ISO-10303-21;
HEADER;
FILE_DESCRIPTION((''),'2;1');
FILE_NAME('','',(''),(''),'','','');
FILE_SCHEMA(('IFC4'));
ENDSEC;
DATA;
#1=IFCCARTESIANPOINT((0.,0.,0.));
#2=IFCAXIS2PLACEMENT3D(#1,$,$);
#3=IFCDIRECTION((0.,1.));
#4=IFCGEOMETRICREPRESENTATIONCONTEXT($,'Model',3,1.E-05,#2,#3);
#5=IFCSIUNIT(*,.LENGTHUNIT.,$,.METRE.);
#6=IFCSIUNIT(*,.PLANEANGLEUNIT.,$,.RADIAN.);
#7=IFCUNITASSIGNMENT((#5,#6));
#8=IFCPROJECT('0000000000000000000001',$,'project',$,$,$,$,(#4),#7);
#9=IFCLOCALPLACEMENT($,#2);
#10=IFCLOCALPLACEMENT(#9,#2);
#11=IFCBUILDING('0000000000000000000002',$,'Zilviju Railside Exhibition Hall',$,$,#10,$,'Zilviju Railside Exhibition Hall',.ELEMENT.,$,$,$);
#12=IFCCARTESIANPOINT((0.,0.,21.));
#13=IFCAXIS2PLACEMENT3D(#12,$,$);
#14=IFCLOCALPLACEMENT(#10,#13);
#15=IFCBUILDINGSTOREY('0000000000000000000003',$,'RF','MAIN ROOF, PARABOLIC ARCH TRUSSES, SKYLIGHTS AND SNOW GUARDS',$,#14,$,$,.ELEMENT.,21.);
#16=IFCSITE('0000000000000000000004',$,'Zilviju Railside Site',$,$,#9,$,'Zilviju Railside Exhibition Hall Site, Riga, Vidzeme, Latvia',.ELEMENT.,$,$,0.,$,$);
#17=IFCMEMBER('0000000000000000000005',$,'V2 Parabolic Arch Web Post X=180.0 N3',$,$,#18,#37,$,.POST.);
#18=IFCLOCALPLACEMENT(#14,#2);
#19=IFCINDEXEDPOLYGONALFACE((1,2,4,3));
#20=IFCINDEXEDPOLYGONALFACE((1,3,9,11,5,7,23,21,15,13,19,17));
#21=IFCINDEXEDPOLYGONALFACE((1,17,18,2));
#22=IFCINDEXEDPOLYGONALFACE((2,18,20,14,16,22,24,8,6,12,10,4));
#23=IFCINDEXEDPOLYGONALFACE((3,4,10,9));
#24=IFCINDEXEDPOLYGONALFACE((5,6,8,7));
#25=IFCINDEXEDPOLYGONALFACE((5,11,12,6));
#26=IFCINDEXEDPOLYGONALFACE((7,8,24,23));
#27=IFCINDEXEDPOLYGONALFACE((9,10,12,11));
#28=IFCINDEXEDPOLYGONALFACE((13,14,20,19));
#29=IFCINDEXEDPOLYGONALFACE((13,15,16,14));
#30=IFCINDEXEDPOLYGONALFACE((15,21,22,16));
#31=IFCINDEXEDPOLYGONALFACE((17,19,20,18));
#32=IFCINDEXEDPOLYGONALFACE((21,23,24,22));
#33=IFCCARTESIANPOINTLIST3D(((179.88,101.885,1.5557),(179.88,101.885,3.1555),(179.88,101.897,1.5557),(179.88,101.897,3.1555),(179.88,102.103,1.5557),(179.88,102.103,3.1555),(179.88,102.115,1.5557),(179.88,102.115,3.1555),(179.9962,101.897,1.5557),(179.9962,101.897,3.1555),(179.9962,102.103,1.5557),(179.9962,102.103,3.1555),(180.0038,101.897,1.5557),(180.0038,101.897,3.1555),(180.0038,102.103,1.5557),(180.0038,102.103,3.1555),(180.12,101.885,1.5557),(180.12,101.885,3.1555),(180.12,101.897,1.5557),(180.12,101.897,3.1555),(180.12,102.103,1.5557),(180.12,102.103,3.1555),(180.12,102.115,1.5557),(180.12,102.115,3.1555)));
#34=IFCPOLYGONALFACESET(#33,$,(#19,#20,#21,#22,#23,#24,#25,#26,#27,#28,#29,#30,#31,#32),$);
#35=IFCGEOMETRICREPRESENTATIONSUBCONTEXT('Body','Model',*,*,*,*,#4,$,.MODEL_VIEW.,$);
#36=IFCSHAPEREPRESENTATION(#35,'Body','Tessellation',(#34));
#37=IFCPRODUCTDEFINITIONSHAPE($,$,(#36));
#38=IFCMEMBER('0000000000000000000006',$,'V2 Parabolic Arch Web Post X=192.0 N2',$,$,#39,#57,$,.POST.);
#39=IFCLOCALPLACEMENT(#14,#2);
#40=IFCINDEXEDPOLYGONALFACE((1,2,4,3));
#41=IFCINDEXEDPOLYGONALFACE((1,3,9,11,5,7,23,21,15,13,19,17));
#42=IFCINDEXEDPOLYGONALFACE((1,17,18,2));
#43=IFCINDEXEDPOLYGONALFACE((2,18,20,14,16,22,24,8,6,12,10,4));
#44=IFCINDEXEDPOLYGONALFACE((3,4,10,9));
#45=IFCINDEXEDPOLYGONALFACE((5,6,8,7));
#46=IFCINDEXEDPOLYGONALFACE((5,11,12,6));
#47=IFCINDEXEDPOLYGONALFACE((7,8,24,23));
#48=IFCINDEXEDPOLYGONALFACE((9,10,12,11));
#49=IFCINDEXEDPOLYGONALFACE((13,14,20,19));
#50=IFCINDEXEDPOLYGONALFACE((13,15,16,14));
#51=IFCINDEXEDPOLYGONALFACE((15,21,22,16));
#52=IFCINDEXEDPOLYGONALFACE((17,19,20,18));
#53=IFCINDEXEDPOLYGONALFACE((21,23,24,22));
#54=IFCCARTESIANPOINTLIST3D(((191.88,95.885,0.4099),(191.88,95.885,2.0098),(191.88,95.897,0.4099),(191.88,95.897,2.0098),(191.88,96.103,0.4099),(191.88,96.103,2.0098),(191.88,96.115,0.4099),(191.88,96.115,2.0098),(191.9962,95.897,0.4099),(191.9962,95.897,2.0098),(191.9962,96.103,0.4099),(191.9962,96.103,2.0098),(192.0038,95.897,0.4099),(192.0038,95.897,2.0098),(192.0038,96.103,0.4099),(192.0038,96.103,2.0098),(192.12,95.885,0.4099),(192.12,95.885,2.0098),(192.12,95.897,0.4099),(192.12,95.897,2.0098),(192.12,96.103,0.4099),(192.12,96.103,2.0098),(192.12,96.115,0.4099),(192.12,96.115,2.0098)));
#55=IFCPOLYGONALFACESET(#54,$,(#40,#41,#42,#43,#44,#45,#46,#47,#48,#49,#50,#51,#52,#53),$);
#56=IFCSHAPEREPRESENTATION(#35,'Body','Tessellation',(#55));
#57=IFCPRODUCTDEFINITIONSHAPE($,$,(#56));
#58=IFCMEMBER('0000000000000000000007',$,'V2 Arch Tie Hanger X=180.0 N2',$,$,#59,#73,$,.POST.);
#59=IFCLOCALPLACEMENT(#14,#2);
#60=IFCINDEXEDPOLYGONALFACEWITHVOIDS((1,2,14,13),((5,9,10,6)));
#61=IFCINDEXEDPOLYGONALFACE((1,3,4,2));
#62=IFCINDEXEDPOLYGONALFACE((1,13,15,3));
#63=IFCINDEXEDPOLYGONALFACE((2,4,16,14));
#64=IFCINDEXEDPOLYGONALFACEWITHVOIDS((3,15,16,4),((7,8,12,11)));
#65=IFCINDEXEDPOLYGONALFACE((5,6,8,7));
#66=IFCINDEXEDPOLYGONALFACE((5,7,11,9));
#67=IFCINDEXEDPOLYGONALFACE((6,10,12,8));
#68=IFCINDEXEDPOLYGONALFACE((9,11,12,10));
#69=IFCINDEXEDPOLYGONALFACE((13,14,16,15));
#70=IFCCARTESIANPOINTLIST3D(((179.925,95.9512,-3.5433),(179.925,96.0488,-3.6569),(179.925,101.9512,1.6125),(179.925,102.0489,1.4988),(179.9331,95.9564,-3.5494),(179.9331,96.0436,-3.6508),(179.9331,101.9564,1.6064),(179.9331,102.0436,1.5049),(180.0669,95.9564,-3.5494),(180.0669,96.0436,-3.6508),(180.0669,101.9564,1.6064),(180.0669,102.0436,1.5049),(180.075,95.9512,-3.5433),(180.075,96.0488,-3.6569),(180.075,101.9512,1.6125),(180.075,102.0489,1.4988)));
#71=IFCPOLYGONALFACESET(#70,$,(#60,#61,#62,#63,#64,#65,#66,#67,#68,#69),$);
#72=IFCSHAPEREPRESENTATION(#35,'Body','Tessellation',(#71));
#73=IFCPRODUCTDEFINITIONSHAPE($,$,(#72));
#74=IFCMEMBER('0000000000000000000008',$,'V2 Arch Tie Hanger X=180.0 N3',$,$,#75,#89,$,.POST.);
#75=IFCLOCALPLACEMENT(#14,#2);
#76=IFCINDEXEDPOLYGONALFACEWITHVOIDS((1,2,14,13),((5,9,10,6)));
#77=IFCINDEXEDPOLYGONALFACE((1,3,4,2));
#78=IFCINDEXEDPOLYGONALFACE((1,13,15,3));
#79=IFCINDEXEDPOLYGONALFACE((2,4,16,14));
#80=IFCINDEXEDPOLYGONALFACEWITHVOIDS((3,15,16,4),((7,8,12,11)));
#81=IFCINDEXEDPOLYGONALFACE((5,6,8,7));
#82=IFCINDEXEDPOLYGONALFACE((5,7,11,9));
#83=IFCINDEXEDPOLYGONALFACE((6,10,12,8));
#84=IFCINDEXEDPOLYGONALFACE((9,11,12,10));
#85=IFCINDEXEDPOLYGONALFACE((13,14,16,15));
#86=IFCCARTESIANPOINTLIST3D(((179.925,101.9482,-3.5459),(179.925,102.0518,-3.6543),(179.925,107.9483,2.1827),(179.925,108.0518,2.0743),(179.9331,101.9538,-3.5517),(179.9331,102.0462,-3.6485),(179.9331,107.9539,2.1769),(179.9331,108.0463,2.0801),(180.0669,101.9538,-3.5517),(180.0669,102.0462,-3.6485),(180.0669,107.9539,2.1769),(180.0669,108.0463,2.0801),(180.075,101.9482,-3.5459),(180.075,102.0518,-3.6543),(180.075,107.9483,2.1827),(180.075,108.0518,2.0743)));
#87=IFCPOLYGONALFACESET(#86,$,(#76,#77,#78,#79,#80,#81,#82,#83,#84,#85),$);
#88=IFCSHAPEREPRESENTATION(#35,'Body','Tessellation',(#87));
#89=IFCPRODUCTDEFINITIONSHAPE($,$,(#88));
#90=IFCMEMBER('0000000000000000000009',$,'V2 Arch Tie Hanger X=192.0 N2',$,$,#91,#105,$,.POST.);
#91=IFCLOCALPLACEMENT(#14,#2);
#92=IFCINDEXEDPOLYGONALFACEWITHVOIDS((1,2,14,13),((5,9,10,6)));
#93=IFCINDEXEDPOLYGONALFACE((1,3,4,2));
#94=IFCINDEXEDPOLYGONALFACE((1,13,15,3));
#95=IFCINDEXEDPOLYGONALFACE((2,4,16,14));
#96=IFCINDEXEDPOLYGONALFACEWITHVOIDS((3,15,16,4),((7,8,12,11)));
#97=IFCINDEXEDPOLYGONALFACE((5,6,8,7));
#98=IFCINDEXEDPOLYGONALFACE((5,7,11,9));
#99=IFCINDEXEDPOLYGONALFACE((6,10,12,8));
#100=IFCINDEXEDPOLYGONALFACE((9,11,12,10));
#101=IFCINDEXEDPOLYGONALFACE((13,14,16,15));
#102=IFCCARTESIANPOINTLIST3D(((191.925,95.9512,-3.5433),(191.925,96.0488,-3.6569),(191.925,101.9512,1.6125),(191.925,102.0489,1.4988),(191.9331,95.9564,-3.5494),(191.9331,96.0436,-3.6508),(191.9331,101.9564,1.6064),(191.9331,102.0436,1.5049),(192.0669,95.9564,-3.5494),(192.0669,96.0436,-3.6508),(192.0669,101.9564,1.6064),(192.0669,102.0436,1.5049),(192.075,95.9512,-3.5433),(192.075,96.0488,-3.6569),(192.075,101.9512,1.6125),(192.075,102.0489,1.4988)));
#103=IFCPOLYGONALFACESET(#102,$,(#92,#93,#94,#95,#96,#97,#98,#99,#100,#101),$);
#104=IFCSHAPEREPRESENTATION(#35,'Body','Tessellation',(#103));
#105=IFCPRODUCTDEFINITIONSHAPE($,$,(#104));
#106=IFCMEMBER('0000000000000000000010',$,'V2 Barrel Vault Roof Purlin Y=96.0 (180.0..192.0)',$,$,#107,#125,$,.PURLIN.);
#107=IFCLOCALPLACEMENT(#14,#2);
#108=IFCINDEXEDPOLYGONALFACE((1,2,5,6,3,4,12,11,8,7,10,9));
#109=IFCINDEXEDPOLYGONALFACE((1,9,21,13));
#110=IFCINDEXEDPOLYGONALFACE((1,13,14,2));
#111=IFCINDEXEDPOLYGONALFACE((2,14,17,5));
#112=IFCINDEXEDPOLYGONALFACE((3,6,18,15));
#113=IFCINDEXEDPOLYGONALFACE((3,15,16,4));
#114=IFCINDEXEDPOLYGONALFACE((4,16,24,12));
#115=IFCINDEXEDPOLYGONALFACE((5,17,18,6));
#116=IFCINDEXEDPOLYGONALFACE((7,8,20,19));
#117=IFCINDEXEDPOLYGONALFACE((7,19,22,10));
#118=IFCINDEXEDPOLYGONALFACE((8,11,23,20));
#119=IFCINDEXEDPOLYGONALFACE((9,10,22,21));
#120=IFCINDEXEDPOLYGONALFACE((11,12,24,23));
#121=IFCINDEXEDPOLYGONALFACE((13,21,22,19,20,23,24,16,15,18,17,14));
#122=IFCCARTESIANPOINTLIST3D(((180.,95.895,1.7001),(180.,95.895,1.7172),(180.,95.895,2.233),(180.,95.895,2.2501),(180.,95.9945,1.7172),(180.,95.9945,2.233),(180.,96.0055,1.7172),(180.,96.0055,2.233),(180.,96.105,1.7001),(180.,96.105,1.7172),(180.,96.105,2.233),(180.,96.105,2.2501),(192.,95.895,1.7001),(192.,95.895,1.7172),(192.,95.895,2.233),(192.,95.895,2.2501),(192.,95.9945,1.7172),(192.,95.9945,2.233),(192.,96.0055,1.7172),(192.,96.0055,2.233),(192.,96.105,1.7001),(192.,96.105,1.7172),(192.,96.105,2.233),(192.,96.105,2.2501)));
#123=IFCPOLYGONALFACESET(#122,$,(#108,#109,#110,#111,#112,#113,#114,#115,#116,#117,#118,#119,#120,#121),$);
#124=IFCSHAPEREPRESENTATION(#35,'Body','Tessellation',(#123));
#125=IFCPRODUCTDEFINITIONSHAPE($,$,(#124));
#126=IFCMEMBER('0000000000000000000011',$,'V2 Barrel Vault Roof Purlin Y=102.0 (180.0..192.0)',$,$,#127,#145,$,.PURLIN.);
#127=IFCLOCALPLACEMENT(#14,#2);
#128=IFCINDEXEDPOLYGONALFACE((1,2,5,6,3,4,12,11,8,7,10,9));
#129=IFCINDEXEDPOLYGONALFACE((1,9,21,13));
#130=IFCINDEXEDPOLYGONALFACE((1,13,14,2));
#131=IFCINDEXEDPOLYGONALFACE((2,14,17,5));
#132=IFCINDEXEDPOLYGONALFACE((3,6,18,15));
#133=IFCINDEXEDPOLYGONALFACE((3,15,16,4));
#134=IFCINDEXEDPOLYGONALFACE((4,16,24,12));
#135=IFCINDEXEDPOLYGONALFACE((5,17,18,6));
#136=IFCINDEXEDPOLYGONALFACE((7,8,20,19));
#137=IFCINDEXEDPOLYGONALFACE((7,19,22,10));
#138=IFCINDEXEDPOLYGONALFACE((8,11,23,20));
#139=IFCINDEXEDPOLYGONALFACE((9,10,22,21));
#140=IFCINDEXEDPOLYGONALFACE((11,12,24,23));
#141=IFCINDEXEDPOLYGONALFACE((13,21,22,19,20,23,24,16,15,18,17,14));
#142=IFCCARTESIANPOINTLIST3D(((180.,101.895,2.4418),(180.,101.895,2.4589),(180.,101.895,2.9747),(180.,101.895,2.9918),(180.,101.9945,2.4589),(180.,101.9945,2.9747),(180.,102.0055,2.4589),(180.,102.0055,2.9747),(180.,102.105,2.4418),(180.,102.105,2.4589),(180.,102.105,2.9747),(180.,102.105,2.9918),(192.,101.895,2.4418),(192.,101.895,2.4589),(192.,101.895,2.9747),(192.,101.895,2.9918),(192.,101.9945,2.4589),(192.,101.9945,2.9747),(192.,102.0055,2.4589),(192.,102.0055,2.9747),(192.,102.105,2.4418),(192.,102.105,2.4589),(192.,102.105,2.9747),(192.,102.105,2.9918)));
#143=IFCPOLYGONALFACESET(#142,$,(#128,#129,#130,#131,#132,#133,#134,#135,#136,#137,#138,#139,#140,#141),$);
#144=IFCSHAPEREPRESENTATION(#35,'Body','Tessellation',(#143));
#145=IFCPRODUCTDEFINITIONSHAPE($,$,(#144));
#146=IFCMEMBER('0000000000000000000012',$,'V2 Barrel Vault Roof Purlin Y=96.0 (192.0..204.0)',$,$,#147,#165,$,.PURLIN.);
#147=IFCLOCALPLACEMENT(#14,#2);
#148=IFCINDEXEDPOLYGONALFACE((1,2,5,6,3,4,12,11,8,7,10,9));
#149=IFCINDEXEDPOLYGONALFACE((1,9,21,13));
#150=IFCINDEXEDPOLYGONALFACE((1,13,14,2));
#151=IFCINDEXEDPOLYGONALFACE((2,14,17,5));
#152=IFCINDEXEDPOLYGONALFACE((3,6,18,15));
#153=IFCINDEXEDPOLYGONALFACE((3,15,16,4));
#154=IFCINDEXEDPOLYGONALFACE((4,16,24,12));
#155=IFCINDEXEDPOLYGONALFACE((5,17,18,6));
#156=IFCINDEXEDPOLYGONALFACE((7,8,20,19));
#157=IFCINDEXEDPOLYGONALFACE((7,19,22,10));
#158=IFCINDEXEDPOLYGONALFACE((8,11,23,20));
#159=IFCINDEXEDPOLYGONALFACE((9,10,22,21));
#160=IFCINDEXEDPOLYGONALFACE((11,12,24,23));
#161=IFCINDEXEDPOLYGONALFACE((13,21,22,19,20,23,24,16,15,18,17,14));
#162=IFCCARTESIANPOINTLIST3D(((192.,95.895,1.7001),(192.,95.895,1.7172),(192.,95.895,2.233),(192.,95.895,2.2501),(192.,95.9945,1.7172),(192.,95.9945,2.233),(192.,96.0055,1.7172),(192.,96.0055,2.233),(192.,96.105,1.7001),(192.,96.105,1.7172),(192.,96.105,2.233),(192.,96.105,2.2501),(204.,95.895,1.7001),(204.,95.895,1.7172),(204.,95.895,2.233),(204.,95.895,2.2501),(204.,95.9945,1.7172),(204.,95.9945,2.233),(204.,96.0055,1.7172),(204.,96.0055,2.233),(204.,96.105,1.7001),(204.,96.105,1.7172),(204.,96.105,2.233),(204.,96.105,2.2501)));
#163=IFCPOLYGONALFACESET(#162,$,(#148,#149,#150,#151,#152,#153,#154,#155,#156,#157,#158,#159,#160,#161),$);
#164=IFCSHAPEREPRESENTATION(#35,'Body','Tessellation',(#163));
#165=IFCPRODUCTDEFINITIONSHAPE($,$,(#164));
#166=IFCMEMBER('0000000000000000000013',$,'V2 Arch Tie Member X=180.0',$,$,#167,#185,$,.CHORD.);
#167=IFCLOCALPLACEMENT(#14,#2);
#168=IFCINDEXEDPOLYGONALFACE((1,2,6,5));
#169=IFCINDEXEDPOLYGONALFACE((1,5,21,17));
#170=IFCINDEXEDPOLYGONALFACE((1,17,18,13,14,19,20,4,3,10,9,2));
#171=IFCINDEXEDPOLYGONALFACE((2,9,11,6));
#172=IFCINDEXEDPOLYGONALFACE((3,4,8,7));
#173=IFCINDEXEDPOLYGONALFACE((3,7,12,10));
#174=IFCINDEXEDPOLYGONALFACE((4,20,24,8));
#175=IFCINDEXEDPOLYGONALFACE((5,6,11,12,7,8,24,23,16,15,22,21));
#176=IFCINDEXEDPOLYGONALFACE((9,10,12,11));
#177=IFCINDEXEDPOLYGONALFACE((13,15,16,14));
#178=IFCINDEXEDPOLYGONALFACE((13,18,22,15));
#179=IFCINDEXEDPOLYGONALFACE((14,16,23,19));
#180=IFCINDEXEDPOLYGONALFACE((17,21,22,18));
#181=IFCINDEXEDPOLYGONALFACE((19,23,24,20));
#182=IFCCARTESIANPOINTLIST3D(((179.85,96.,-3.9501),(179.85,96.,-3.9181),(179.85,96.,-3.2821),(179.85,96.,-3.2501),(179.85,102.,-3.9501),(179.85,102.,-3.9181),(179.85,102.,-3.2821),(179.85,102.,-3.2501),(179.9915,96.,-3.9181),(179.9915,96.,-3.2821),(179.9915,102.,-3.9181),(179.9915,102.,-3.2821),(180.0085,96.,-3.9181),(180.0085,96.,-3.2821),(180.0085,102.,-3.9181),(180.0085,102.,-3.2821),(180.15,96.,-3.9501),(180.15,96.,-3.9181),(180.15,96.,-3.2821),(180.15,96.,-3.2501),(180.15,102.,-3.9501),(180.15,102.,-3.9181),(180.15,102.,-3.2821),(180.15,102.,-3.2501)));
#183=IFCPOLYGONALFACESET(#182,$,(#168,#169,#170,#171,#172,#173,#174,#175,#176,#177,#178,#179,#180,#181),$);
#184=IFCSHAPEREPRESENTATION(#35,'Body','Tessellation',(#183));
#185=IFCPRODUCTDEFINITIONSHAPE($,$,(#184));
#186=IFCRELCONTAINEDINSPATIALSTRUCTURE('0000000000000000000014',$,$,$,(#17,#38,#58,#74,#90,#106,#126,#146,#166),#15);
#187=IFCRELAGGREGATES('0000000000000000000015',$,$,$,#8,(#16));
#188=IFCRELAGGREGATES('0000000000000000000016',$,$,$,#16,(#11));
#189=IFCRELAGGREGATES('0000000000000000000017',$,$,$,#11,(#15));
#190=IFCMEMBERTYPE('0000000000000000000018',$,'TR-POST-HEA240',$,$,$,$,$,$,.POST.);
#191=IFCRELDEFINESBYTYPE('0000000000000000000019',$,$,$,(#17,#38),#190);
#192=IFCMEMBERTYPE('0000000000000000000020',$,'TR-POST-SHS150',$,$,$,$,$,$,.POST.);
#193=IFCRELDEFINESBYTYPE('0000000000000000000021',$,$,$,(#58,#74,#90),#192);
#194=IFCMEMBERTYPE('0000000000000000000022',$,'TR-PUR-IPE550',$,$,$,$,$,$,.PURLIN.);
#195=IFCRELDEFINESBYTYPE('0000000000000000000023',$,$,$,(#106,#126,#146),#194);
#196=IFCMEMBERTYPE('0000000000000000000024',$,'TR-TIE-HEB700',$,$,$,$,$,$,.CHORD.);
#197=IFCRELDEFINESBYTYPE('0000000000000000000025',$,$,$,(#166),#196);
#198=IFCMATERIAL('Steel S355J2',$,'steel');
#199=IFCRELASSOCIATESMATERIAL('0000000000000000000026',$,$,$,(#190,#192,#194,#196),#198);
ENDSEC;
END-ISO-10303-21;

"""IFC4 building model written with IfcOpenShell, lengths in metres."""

from ifc_helpers import new_model, si_unit, direction, frame, origin, origin_2d, place, context, subcontext, project, spatial, hollow_rectangle, i_section, extrude, material, material_profile, profile_set, type_object, element, save


model = new_model("IFC4")

# Units and contexts
model_context = context("Model", 3, precision=1e-05, world=origin(), true_north=direction((0.0, 1.0)))
body_context = subcontext(model_context, "Body", "Model", "MODEL_VIEW")
ifc_project = project(units=[si_unit("LENGTHUNIT", "METRE"), si_unit("PLANEANGLEUNIT", "RADIAN")], contexts=[model_context])

# Site, building, storey
site_placement = place(None, origin())
site = spatial("IfcSite", under=ifc_project, at=site_placement, Name="Zilviju Railside Site", LongName="Zilviju Railside Exhibition Hall Site, Riga, Vidzeme, Latvia", CompositionType="ELEMENT", RefElevation=0.0)
building_placement = place(site_placement, origin())
building = spatial("IfcBuilding", under=site, at=building_placement, Name="Zilviju Railside Exhibition Hall", LongName="Zilviju Railside Exhibition Hall", CompositionType="ELEMENT")
storey_placement = place(building_placement, frame((0.0, 0.0, 21.0)))
storey = spatial("IfcBuildingStorey", under=building, at=storey_placement, Name="RF", Description="MAIN ROOF, PARABOLIC ARCH TRUSSES, SKYLIGHTS AND SNOW GUARDS", CompositionType="ELEMENT", Elevation=21.0)

# Members
ifc_material_1 = material(Name="Steel S355J2", Category="steel")
ifc_material_profile_1 = material_profile(ifc_material_1, i_section(OverallWidth=0.24, OverallDepth=0.23, WebThickness=0.0076, FlangeThickness=0.012, at=origin_2d()), Name="HEA 240")
ifc_profile_set_1 = profile_set([ifc_material_profile_1], Name="Steel S355J2")
member_type_1 = type_object("IfcMemberType", Name="TR-POST-HEA240", PredefinedType="POST", material=ifc_profile_set_1)
for number, where, z_axis, x_axis, name in (
    (1, (180.0, 102.0, 1.5557), (0.0, 0.0, 1.0), (1.0, 0.0, 0.0), "V2 Parabolic Arch Web Post X=180.0 N3"),
    (2, (192.0, 96.0, 0.4099), (0.0, 0.0, 1.0), (1.0, 0.0, 0.0), "V2 Parabolic Arch Web Post X=192.0 N2"),
):
    element("IfcMember", number, at=place(storey_placement, frame(where, z_axis=z_axis, x_axis=x_axis)), inside=storey, type_object=member_type_1, Name=name, PredefinedType="POST", context=body_context, shape_type="SweptSolid", body=[
        extrude(i_section(OverallWidth=0.24, OverallDepth=0.23, WebThickness=0.0076, FlangeThickness=0.012, at=origin_2d()), origin(), (0.0, 0.0, 1.0), 1.5999),
    ])
ifc_material_profile_2 = material_profile(ifc_material_1, hollow_rectangle(XDim=0.1499, YDim=0.1499, WallThickness=0.0081, at=origin_2d()), Name="SHS 150x150x8.0")
ifc_profile_set_2 = profile_set([ifc_material_profile_2], Name="Steel S355J2")
member_type_2 = type_object("IfcMemberType", Name="TR-POST-SHS150", PredefinedType="POST", material=ifc_profile_set_2)
member_1_placement = place(storey_placement, frame((180.0, 96.0, -3.6001), z_axis=(0.0, 0.75845, 0.651731), x_axis=(-1.0, 0.0, 0.0)))
element("IfcMember", 3, at=member_1_placement, inside=storey, type_object=member_type_2, Name="V2 Arch Tie Hanger X=180.0 N2", PredefinedType="POST", context=body_context, shape_type="SweptSolid", body=[
    extrude(hollow_rectangle(XDim=0.1499, YDim=0.1499, WallThickness=0.0081, at=origin_2d()), origin(), (0.0, 0.0, 1.0), 7.9109),
])
member_2_placement = place(storey_placement, frame((180.0, 102.0, -3.6001), z_axis=(0.0, 0.723281, 0.690554), x_axis=(-1.0, 0.0, 0.0)))
element("IfcMember", 4, at=member_2_placement, inside=storey, type_object=member_type_2, Name="V2 Arch Tie Hanger X=180.0 N3", PredefinedType="POST", context=body_context, shape_type="SweptSolid", body=[
    extrude(hollow_rectangle(XDim=0.1499, YDim=0.1499, WallThickness=0.0081, at=origin_2d()), origin(), (0.0, 0.0, 1.0), 8.2957),
])
member_3_placement = place(storey_placement, frame((192.0, 96.0, -3.6001), z_axis=(0.0, 0.75845, 0.651731), x_axis=(-1.0, 0.0, 0.0)))
element("IfcMember", 5, at=member_3_placement, inside=storey, type_object=member_type_2, Name="V2 Arch Tie Hanger X=192.0 N2", PredefinedType="POST", context=body_context, shape_type="SweptSolid", body=[
    extrude(hollow_rectangle(XDim=0.1499, YDim=0.1499, WallThickness=0.0081, at=origin_2d()), origin(), (0.0, 0.0, 1.0), 7.9109),
])
ifc_material_profile_3 = material_profile(ifc_material_1, i_section(OverallWidth=0.21, OverallDepth=0.55, WebThickness=0.011, FlangeThickness=0.0171, at=origin_2d()), Name="IPE 550")
ifc_profile_set_3 = profile_set([ifc_material_profile_3], Name="Steel S355J2")
member_type_3 = type_object("IfcMemberType", Name="TR-PUR-IPE550", PredefinedType="PURLIN", material=ifc_profile_set_3)
for number, where, z_axis, x_axis, name in (
    (6, (180.0, 96.0, 1.9751), (1.0, 0.0, 0.0), (0.0, 1.0, 0.0), "V2 Barrel Vault Roof Purlin Y=96.0 (180.0..192.0)"),
    (7, (180.0, 102.0, 2.7168), (1.0, 0.0, 0.0), (0.0, 1.0, 0.0), "V2 Barrel Vault Roof Purlin Y=102.0 (180.0..192.0)"),
    (8, (192.0, 96.0, 1.9751), (1.0, 0.0, 0.0), (0.0, 1.0, 0.0), "V2 Barrel Vault Roof Purlin Y=96.0 (192.0..204.0)"),
):
    element("IfcMember", number, at=place(storey_placement, frame(where, z_axis=z_axis, x_axis=x_axis)), inside=storey, type_object=member_type_3, Name=name, PredefinedType="PURLIN", context=body_context, shape_type="SweptSolid", body=[
        extrude(i_section(OverallWidth=0.21, OverallDepth=0.55, WebThickness=0.011, FlangeThickness=0.0171, at=origin_2d()), origin(), (0.0, 0.0, 1.0), 12.0),
    ])
ifc_material_profile_4 = material_profile(ifc_material_1, i_section(OverallWidth=0.3, OverallDepth=0.7, WebThickness=0.0171, FlangeThickness=0.032, at=origin_2d()), Name="HEB 700")
ifc_profile_set_4 = profile_set([ifc_material_profile_4], Name="Steel S355J2")
member_type_4 = type_object("IfcMemberType", Name="TR-TIE-HEB700", PredefinedType="CHORD", material=ifc_profile_set_4)
for number, where, z_axis, x_axis, name in (
    (9, (180.0, 96.0, -3.6001), (0.0, 1.0, 0.0), (-1.0, 0.0, 0.0), "V2 Arch Tie Member X=180.0"),
):
    element("IfcMember", number, at=place(storey_placement, frame(where, z_axis=z_axis, x_axis=x_axis)), inside=storey, type_object=member_type_4, Name=name, PredefinedType="CHORD", context=body_context, shape_type="SweptSolid", body=[
        extrude(i_section(OverallWidth=0.3, OverallDepth=0.7, WebThickness=0.0171, FlangeThickness=0.032, at=origin_2d()), origin(), (0.0, 0.0, 1.0), 6.0),
    ])

save(model, "model.ifc")
